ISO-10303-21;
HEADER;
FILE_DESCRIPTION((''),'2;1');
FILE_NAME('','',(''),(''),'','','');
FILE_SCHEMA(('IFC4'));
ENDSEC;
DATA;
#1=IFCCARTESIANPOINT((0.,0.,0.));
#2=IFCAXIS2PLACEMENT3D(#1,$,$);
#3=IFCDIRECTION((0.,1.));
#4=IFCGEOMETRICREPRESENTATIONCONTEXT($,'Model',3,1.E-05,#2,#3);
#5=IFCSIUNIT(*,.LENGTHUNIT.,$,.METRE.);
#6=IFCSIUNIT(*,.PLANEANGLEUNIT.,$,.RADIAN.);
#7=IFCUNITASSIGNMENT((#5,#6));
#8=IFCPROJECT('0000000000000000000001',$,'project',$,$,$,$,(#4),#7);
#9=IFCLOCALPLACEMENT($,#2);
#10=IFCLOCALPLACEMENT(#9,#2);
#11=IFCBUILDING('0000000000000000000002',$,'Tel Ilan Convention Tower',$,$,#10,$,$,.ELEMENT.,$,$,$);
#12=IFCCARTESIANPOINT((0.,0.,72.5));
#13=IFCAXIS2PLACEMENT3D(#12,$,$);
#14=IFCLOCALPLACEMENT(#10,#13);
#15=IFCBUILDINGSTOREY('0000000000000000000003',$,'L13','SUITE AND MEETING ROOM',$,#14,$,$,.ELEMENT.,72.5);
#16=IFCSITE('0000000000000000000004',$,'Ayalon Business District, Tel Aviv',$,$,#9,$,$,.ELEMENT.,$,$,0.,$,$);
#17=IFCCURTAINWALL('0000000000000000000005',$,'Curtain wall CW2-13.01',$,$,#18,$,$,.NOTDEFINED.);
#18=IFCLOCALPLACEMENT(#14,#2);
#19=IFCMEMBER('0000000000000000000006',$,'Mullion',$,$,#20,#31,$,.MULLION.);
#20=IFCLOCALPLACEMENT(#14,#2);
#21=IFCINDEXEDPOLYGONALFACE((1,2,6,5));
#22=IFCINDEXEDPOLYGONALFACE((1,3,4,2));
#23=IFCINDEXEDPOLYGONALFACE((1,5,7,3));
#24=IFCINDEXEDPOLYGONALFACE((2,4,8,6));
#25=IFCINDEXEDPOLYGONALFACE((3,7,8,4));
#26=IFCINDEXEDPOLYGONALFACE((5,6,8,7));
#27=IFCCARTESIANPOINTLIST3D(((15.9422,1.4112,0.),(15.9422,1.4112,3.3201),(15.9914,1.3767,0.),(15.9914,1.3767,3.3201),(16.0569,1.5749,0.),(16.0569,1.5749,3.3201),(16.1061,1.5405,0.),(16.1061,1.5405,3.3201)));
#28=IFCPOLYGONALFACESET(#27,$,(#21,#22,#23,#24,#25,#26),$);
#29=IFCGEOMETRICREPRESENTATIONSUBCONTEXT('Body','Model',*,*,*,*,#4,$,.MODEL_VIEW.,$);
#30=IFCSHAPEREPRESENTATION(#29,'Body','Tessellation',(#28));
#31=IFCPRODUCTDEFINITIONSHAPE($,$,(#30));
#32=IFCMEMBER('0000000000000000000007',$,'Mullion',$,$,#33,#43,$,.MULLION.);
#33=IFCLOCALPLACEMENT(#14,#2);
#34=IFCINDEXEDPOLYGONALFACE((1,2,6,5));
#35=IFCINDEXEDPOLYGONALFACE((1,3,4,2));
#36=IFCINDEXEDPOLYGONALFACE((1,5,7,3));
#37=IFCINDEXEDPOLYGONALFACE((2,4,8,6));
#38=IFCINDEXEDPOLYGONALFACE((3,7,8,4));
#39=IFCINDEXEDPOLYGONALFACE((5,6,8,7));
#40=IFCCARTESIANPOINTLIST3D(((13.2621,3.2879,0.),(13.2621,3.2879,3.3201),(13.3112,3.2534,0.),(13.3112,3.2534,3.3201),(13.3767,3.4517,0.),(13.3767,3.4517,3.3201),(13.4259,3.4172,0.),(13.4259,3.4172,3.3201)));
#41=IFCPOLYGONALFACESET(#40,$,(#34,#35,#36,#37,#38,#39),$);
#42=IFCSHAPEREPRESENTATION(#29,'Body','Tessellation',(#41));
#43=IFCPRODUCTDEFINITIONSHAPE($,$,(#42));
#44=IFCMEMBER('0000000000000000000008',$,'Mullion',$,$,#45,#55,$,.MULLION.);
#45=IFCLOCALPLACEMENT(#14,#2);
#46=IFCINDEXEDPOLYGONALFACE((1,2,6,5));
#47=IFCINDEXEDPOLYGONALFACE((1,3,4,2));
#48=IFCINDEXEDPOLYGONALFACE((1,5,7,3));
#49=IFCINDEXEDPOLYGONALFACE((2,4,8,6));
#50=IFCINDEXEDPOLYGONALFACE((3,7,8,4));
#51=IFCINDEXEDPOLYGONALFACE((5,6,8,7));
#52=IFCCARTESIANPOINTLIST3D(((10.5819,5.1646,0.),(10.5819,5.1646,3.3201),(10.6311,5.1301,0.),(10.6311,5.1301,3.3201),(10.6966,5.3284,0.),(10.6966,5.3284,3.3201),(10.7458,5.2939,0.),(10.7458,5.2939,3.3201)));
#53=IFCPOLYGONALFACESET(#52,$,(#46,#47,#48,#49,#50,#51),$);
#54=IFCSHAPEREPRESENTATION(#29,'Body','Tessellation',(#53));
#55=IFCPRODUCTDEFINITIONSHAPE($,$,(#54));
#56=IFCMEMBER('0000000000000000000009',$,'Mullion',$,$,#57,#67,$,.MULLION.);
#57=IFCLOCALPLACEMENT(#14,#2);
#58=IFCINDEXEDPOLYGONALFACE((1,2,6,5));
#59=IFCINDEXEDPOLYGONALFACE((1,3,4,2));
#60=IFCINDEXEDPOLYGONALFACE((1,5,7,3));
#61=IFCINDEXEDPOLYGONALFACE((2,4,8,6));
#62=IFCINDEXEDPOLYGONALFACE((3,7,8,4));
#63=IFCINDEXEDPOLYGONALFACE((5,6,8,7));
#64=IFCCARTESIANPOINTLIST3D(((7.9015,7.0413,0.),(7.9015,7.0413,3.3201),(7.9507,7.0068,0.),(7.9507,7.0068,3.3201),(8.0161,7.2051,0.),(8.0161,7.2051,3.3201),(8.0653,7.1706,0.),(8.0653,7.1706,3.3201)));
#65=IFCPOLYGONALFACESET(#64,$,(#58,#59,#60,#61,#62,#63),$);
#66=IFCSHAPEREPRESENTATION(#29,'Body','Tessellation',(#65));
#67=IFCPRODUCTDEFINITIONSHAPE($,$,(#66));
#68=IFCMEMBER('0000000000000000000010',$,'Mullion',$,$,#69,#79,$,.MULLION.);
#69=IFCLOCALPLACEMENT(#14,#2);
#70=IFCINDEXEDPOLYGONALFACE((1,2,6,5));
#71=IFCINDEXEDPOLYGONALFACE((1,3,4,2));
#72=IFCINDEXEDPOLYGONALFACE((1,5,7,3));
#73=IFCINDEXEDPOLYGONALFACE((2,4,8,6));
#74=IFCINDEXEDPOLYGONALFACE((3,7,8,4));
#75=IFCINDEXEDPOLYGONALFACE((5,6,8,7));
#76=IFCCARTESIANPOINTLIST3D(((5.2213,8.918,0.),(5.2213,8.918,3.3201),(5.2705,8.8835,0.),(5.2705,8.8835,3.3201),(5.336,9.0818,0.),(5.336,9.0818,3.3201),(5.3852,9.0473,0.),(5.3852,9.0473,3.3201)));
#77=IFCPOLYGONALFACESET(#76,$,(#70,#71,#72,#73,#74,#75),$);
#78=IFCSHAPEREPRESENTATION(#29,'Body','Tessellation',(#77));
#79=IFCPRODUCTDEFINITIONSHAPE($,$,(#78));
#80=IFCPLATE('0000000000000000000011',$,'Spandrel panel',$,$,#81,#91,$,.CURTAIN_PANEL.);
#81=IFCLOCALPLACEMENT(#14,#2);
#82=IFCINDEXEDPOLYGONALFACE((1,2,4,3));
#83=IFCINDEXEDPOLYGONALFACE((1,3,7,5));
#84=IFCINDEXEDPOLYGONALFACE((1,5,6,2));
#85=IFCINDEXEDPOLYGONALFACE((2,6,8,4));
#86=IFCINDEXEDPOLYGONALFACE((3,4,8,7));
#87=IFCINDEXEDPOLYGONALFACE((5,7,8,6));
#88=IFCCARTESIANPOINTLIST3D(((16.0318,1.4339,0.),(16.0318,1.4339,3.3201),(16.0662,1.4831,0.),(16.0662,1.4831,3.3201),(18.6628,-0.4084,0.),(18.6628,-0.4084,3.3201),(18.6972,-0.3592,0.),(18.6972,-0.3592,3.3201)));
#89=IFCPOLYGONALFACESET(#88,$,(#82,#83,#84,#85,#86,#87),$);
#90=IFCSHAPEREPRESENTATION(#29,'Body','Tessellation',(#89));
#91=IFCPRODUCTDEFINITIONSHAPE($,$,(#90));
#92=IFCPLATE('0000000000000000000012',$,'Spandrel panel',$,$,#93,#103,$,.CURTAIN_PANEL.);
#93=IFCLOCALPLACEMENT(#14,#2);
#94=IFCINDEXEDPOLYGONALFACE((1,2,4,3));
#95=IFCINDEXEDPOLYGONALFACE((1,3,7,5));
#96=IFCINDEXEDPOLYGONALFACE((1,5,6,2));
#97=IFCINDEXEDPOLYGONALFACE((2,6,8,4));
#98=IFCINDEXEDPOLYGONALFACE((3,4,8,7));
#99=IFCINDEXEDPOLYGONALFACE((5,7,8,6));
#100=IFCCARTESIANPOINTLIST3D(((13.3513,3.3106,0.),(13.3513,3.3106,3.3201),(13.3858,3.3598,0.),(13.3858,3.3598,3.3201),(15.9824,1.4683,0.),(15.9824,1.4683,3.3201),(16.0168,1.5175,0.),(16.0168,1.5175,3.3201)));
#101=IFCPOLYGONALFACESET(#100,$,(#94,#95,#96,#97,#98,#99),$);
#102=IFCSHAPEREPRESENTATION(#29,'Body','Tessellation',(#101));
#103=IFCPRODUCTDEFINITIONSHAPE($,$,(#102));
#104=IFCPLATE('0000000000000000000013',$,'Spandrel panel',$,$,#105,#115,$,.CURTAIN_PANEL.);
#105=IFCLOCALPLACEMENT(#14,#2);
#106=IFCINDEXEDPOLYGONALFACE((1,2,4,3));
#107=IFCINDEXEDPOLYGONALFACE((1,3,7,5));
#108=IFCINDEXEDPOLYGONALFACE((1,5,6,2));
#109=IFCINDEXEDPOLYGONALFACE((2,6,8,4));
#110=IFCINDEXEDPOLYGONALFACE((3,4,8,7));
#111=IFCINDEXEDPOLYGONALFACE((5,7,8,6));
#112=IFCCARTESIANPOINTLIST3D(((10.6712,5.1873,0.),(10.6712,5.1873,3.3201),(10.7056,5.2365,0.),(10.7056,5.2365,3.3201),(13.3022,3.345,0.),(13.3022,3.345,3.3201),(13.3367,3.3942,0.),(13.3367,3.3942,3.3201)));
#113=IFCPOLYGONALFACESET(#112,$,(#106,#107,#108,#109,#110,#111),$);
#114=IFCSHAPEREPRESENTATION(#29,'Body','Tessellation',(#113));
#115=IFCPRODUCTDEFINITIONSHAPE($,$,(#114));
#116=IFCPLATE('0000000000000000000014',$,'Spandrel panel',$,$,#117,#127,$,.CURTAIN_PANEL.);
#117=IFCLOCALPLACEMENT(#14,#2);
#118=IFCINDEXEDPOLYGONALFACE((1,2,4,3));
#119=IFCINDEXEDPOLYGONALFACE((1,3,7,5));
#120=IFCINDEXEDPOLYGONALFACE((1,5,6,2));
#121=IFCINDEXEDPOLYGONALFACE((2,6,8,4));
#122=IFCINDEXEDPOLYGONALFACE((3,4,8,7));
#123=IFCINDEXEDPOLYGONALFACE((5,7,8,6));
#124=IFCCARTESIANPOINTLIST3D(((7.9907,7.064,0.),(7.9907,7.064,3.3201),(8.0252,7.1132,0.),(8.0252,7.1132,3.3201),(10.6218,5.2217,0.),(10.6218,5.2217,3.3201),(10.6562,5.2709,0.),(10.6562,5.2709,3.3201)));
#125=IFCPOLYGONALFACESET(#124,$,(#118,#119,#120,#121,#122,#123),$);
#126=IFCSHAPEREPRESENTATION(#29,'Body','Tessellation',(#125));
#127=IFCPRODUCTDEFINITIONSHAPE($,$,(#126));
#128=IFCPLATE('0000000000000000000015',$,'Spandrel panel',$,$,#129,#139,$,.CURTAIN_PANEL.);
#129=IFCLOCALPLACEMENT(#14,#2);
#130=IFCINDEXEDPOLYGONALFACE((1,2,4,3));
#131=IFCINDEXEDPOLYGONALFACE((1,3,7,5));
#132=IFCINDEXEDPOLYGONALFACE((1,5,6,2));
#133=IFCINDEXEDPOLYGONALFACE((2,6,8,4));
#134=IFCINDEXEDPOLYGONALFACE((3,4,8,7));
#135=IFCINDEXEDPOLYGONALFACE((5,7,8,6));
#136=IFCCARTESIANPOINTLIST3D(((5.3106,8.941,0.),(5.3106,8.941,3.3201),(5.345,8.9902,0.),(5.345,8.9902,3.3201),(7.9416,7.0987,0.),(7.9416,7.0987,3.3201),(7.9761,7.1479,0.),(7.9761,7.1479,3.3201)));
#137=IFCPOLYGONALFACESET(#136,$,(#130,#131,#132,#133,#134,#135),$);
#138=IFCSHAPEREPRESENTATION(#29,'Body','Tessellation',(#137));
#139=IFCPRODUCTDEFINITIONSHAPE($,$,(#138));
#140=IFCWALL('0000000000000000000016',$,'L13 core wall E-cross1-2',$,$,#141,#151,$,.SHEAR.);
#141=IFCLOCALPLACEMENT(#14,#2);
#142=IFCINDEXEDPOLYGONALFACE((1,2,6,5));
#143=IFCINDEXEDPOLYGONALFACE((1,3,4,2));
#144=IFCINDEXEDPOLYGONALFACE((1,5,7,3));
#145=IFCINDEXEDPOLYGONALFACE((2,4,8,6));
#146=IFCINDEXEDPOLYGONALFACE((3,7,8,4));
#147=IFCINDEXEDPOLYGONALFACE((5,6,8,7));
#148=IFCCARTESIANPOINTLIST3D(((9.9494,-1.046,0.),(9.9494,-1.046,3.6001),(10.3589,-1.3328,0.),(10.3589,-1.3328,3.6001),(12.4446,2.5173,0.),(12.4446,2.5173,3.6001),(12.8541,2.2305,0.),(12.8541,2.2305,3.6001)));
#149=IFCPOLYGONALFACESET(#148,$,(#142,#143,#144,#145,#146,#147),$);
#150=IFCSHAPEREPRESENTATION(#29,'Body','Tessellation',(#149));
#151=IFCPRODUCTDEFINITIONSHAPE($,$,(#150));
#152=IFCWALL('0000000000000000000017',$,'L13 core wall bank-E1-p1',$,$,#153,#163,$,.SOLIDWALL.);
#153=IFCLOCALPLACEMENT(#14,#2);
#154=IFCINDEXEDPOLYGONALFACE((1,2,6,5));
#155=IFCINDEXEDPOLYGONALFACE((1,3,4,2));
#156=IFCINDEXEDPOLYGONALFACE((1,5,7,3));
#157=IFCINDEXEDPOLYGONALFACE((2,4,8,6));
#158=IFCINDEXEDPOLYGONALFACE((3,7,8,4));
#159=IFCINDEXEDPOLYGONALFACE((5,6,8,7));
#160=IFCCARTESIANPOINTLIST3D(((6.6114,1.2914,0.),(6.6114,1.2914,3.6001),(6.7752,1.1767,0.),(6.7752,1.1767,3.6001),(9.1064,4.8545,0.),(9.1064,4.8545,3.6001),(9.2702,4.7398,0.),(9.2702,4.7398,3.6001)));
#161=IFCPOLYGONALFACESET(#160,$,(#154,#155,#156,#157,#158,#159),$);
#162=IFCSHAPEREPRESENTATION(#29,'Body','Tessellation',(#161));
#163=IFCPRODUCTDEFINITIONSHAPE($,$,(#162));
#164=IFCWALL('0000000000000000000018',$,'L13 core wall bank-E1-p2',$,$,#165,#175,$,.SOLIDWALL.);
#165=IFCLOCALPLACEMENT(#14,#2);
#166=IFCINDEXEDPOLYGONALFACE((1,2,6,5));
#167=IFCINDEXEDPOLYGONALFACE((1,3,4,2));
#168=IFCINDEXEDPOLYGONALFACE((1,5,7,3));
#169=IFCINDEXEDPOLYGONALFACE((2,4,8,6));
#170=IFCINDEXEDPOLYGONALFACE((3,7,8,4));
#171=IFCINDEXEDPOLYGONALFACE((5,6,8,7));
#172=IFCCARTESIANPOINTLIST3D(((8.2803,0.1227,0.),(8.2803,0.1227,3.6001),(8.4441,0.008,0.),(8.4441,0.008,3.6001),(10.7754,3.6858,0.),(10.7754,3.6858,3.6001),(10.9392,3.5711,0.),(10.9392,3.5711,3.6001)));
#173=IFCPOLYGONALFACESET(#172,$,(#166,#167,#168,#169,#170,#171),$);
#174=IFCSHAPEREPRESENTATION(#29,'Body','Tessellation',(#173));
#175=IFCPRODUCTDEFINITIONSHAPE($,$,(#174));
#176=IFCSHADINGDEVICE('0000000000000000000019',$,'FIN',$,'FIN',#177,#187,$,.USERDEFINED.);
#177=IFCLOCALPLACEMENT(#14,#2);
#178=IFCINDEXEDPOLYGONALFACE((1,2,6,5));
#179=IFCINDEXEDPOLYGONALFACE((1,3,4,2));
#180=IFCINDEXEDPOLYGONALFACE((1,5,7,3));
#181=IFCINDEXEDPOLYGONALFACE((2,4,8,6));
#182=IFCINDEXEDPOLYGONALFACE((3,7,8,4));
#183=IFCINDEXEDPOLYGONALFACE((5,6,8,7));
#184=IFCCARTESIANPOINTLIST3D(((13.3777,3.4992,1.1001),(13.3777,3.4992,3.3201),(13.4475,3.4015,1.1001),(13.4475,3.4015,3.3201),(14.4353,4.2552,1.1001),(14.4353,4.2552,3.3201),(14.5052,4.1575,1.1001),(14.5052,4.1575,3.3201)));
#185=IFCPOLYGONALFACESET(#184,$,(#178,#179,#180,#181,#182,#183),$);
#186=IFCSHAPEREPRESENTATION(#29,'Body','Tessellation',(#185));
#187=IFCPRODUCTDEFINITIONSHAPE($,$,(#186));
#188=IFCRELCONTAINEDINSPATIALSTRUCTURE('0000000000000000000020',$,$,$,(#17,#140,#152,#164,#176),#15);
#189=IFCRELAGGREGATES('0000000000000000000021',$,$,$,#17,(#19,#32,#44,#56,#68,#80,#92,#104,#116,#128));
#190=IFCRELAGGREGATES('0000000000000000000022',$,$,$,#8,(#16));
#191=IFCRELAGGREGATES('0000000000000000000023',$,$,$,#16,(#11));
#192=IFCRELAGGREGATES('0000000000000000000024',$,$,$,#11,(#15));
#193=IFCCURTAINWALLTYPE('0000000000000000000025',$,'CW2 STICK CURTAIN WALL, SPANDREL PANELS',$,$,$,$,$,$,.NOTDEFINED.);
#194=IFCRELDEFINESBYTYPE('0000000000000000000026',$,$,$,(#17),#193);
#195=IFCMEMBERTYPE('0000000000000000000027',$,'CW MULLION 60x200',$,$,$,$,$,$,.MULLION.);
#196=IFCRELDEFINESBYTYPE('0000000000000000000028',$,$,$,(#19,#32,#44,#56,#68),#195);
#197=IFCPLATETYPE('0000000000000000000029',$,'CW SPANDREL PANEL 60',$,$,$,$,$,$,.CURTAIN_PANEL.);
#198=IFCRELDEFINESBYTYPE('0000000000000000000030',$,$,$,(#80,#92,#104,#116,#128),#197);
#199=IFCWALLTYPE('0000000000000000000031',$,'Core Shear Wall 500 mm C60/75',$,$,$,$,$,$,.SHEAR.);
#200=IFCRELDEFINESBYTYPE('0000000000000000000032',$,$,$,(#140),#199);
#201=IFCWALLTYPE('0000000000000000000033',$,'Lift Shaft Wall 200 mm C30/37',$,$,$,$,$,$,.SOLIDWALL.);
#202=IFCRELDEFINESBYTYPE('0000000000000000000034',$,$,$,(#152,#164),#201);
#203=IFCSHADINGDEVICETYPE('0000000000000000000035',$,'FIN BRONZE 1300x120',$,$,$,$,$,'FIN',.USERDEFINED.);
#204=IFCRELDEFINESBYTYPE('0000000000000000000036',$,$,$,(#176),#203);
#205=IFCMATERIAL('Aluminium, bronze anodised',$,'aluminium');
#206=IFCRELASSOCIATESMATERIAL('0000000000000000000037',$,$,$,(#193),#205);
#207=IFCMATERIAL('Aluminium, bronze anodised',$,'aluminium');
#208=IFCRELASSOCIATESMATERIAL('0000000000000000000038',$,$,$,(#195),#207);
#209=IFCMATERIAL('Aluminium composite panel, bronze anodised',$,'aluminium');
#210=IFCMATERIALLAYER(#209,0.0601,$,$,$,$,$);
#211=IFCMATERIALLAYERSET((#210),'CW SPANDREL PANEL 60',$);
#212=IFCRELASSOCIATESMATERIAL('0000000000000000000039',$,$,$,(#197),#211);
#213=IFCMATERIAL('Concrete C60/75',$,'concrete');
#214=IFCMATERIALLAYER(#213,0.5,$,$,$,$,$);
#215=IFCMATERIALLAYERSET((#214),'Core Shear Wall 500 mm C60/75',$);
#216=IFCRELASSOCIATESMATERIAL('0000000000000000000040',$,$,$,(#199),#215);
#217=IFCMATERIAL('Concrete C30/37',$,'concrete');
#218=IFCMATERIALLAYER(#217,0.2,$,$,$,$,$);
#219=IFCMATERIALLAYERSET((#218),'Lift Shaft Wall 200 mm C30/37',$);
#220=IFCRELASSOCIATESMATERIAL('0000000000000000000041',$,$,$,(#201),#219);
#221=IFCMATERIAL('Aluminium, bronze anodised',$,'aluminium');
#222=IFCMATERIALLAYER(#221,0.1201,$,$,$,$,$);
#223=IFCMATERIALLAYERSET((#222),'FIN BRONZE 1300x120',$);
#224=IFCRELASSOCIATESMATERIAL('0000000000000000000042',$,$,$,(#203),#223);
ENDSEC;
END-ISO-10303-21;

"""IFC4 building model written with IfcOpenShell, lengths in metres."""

from ifc_helpers import new_model, si_unit, direction, frame, frame_2d, origin, origin_2d, place, context, subcontext, project, spatial, polyline, rectangle, outline, extrude, material, layer, layer_set, material_profile, profile_set, type_object, element, aggregate, save


model = new_model("IFC4")

# Units and contexts
model_context = context("Model", 3, precision=1e-05, world=origin(), true_north=direction((0.0, 1.0)))
body_context = subcontext(model_context, "Body", "Model", "MODEL_VIEW")
ifc_project = project(units=[si_unit("LENGTHUNIT", "METRE"), si_unit("PLANEANGLEUNIT", "RADIAN")], contexts=[model_context])

# Site, building, storey
site_placement = place(None, origin())
site = spatial("IfcSite", under=ifc_project, at=site_placement, Name="Ayalon Business District, Tel Aviv", CompositionType="ELEMENT", RefElevation=0.0)
building_placement = place(site_placement, origin())
building = spatial("IfcBuilding", under=site, at=building_placement, Name="Tel Ilan Convention Tower", CompositionType="ELEMENT")
storey_placement = place(building_placement, frame((0.0, 0.0, 72.5)))
storey = spatial("IfcBuildingStorey", under=building, at=storey_placement, Name="L13", Description="SUITE AND MEETING ROOM", CompositionType="ELEMENT", Elevation=72.5)

# Curtain wall, members, plates
ifc_material_1 = material(Name="Aluminium, bronze anodised", Category="aluminium")
curtain_wall_type = type_object("IfcCurtainWallType", Name="CW2 STICK CURTAIN WALL, SPANDREL PANELS", PredefinedType="NOTDEFINED", material=ifc_material_1)
curtain_wall_placement = place(storey_placement, origin())
curtain_wall = element("IfcCurtainWall", 1, at=curtain_wall_placement, inside=storey, type_object=curtain_wall_type, Name="Curtain wall CW2-13.01", PredefinedType="NOTDEFINED")
ifc_material_2 = material(Name="Aluminium, bronze anodised", Category="aluminium")
ifc_material_profile = material_profile(ifc_material_2, rectangle(XDim=0.0601, YDim=0.2, at=origin_2d()), Name="CW MULLION 60x200")
ifc_profile_set = profile_set([ifc_material_profile], Name="Aluminium, bronze anodised")
member_type = type_object("IfcMemberType", Name="CW MULLION 60x200", PredefinedType="MULLION", material=ifc_profile_set)
member_1_placement = place(storey_placement, frame((16.0242, 1.4758, 0.0), z_axis=(0.0, 0.0, 1.0), x_axis=(-0.819152, 0.573576, 0.0)))
member_1 = element("IfcMember", 2, at=member_1_placement, type_object=member_type, Name="Mullion", PredefinedType="MULLION", context=body_context, shape_type="SweptSolid", body=[
    extrude(rectangle(XDim=0.0601, YDim=0.2, at=origin_2d()), origin(), (0.0, 0.0, 1.0), 3.3201),
])
member_2_placement = place(storey_placement, frame((13.344, 3.3525, 0.0), z_axis=(0.0, 0.0, 1.0), x_axis=(-0.819152, 0.573576, 0.0)))
member_2 = element("IfcMember", 3, at=member_2_placement, type_object=member_type, Name="Mullion", PredefinedType="MULLION", context=body_context, shape_type="SweptSolid", body=[
    extrude(rectangle(XDim=0.0601, YDim=0.2, at=origin_2d()), origin(), (0.0, 0.0, 1.0), 3.3201),
])
member_3_placement = place(storey_placement, frame((10.6638, 5.2292, 0.0), z_axis=(0.0, 0.0, 1.0), x_axis=(-0.819152, 0.573576, 0.0)))
member_3 = element("IfcMember", 4, at=member_3_placement, type_object=member_type, Name="Mullion", PredefinedType="MULLION", context=body_context, shape_type="SweptSolid", body=[
    extrude(rectangle(XDim=0.0601, YDim=0.2, at=origin_2d()), origin(), (0.0, 0.0, 1.0), 3.3201),
])
member_4_placement = place(storey_placement, frame((7.9834, 7.106, 0.0), z_axis=(0.0, 0.0, 1.0), x_axis=(-0.819152, 0.573576, 0.0)))
member_4 = element("IfcMember", 5, at=member_4_placement, type_object=member_type, Name="Mullion", PredefinedType="MULLION", context=body_context, shape_type="SweptSolid", body=[
    extrude(rectangle(XDim=0.0601, YDim=0.2, at=origin_2d()), origin(), (0.0, 0.0, 1.0), 3.3201),
])
member_5_placement = place(storey_placement, frame((5.3032, 8.9827, 0.0), z_axis=(0.0, 0.0, 1.0), x_axis=(-0.819152, 0.573576, 0.0)))
member_5 = element("IfcMember", 6, at=member_5_placement, type_object=member_type, Name="Mullion", PredefinedType="MULLION", context=body_context, shape_type="SweptSolid", body=[
    extrude(rectangle(XDim=0.0601, YDim=0.2, at=origin_2d()), origin(), (0.0, 0.0, 1.0), 3.3201),
])
ifc_material_3 = material(Name="Aluminium composite panel, bronze anodised", Category="aluminium")
ifc_layer_1 = layer(ifc_material_3, 0.0601)
ifc_layer_set_1 = layer_set([ifc_layer_1], Name="CW SPANDREL PANEL 60")
plate_type = type_object("IfcPlateType", Name="CW SPANDREL PANEL 60", PredefinedType="CURTAIN_PANEL", material=ifc_layer_set_1)
plate_1_placement = place(storey_placement, frame((17.3645, 0.5374, 0.0), z_axis=(0.0, 0.0, 1.0), x_axis=(-0.819152, 0.573576, 0.0)))
plate_1 = element("IfcPlate", 7, at=plate_1_placement, type_object=plate_type, Name="Spandrel panel", PredefinedType="CURTAIN_PANEL", context=body_context, shape_type="SweptSolid", body=[
    extrude(rectangle(XDim=3.2119, YDim=0.0601, at=origin_2d()), origin(), (0.0, 0.0, 1.0), 3.3201),
])
plate_2_placement = place(storey_placement, frame((14.6841, 2.4141, 0.0), z_axis=(0.0, 0.0, 1.0), x_axis=(-0.819152, 0.573576, 0.0)))
plate_2 = element("IfcPlate", 8, at=plate_2_placement, type_object=plate_type, Name="Spandrel panel", PredefinedType="CURTAIN_PANEL", context=body_context, shape_type="SweptSolid", body=[
    extrude(rectangle(XDim=3.2119, YDim=0.0601, at=origin_2d()), origin(), (0.0, 0.0, 1.0), 3.3201),
])
plate_3_placement = place(storey_placement, frame((12.0039, 4.2908, 0.0), z_axis=(0.0, 0.0, 1.0), x_axis=(-0.819152, 0.573576, 0.0)))
plate_3 = element("IfcPlate", 9, at=plate_3_placement, type_object=plate_type, Name="Spandrel panel", PredefinedType="CURTAIN_PANEL", context=body_context, shape_type="SweptSolid", body=[
    extrude(rectangle(XDim=3.2119, YDim=0.0601, at=origin_2d()), origin(), (0.0, 0.0, 1.0), 3.3201),
])
plate_4_placement = place(storey_placement, frame((9.3235, 6.1675, 0.0), z_axis=(0.0, 0.0, 1.0), x_axis=(-0.819152, 0.573576, 0.0)))
plate_4 = element("IfcPlate", 10, at=plate_4_placement, type_object=plate_type, Name="Spandrel panel", PredefinedType="CURTAIN_PANEL", context=body_context, shape_type="SweptSolid", body=[
    extrude(rectangle(XDim=3.2119, YDim=0.0601, at=origin_2d()), origin(), (0.0, 0.0, 1.0), 3.3201),
])
plate_5_placement = place(storey_placement, frame((6.6433, 8.0444, 0.0), z_axis=(0.0, 0.0, 1.0), x_axis=(-0.819152, 0.573576, 0.0)))
plate_5 = element("IfcPlate", 11, at=plate_5_placement, type_object=plate_type, Name="Spandrel panel", PredefinedType="CURTAIN_PANEL", context=body_context, shape_type="SweptSolid", body=[
    extrude(rectangle(XDim=3.2119, YDim=0.0601, at=origin_2d()), origin(), (0.0, 0.0, 1.0), 3.3201),
])
aggregate(curtain_wall, [member_1, member_2, member_3, member_4, member_5, plate_1, plate_2, plate_3, plate_4, plate_5])

# Walls
ifc_material_4 = material(Name="Concrete C60/75", Category="concrete")
ifc_layer_2 = layer(ifc_material_4, 0.5)
ifc_layer_set_2 = layer_set([ifc_layer_2], Name="Core Shear Wall 500 mm C60/75")
wall_type_1 = type_object("IfcWallType", Name="Core Shear Wall 500 mm C60/75", PredefinedType="SHEAR", material=ifc_layer_set_2)
wall_placement = place(storey_placement, frame((10.1543, -1.1892, 0.0), z_axis=(0.0, 0.0, 1.0), x_axis=(0.573594, 0.81914, 0.0)))
element("IfcWall", 12, at=wall_placement, inside=storey, type_object=wall_type_1, Name="L13 core wall E-cross1-2", PredefinedType="SHEAR", context=body_context, shape_type="SweptSolid", body=[
    extrude(outline(polyline([(4.3499, -0.25), (4.3499, 0.25), (-0.0002, 0.25), (-0.0002, -0.25), (4.3499, -0.25)])), origin(), (0.0, 0.0, 1.0), 3.6001),
])
ifc_material_5 = material(Name="Concrete C30/37", Category="concrete")
ifc_layer_3 = layer(ifc_material_5, 0.2)
ifc_layer_set_3 = layer_set([ifc_layer_3], Name="Lift Shaft Wall 200 mm C30/37")
wall_type_2 = type_object("IfcWallType", Name="Lift Shaft Wall 200 mm C30/37", PredefinedType="SOLIDWALL", material=ifc_layer_set_3)
for number, where, z_axis, x_axis, name in (
    (13, (6.6934, 1.2341, 0.0), (0.0, 0.0, 1.0), (0.573594, 0.81914, 0.0), "L13 core wall bank-E1-p1"),
    (14, (8.3623, 0.0654, 0.0), (0.0, 0.0, 1.0), (0.573594, 0.81914, 0.0), "L13 core wall bank-E1-p2"),
):
    element("IfcWall", number, at=place(storey_placement, frame(where, z_axis=z_axis, x_axis=x_axis)), inside=storey, type_object=wall_type_2, Name=name, PredefinedType="SOLIDWALL", context=body_context, shape_type="SweptSolid", body=[
        extrude(rectangle(XDim=4.3499, YDim=0.2, at=frame_2d((2.1748, 0.0))), origin(), (0.0, 0.0, 1.0), 3.6001),
    ])

# Shading device
ifc_material_6 = material(Name="Aluminium, bronze anodised", Category="aluminium")
ifc_layer_4 = layer(ifc_material_6, 0.1201)
ifc_layer_set_4 = layer_set([ifc_layer_4], Name="FIN BRONZE 1300x120")
shading_device_type = type_object("IfcShadingDeviceType", Name="FIN BRONZE 1300x120", ElementType="FIN", PredefinedType="USERDEFINED", material=ifc_layer_set_4)
for number, where, z_axis, x_axis, name in (
    (15, (13.9414, 3.8284, 1.1001), (0.0, 0.0, 1.0), (0.813552, 0.581492, 0.0), "FIN"),
):
    element("IfcShadingDevice", number, at=place(storey_placement, frame(where, z_axis=z_axis, x_axis=x_axis)), inside=storey, type_object=shading_device_type, Name=name, ObjectType="FIN", PredefinedType="USERDEFINED", context=body_context, shape_type="SweptSolid", body=[
        extrude(rectangle(XDim=1.3, YDim=0.1201, at=origin_2d()), origin(), (0.0, 0.0, 1.0), 2.22),
    ])

save(model, "model.ifc")
